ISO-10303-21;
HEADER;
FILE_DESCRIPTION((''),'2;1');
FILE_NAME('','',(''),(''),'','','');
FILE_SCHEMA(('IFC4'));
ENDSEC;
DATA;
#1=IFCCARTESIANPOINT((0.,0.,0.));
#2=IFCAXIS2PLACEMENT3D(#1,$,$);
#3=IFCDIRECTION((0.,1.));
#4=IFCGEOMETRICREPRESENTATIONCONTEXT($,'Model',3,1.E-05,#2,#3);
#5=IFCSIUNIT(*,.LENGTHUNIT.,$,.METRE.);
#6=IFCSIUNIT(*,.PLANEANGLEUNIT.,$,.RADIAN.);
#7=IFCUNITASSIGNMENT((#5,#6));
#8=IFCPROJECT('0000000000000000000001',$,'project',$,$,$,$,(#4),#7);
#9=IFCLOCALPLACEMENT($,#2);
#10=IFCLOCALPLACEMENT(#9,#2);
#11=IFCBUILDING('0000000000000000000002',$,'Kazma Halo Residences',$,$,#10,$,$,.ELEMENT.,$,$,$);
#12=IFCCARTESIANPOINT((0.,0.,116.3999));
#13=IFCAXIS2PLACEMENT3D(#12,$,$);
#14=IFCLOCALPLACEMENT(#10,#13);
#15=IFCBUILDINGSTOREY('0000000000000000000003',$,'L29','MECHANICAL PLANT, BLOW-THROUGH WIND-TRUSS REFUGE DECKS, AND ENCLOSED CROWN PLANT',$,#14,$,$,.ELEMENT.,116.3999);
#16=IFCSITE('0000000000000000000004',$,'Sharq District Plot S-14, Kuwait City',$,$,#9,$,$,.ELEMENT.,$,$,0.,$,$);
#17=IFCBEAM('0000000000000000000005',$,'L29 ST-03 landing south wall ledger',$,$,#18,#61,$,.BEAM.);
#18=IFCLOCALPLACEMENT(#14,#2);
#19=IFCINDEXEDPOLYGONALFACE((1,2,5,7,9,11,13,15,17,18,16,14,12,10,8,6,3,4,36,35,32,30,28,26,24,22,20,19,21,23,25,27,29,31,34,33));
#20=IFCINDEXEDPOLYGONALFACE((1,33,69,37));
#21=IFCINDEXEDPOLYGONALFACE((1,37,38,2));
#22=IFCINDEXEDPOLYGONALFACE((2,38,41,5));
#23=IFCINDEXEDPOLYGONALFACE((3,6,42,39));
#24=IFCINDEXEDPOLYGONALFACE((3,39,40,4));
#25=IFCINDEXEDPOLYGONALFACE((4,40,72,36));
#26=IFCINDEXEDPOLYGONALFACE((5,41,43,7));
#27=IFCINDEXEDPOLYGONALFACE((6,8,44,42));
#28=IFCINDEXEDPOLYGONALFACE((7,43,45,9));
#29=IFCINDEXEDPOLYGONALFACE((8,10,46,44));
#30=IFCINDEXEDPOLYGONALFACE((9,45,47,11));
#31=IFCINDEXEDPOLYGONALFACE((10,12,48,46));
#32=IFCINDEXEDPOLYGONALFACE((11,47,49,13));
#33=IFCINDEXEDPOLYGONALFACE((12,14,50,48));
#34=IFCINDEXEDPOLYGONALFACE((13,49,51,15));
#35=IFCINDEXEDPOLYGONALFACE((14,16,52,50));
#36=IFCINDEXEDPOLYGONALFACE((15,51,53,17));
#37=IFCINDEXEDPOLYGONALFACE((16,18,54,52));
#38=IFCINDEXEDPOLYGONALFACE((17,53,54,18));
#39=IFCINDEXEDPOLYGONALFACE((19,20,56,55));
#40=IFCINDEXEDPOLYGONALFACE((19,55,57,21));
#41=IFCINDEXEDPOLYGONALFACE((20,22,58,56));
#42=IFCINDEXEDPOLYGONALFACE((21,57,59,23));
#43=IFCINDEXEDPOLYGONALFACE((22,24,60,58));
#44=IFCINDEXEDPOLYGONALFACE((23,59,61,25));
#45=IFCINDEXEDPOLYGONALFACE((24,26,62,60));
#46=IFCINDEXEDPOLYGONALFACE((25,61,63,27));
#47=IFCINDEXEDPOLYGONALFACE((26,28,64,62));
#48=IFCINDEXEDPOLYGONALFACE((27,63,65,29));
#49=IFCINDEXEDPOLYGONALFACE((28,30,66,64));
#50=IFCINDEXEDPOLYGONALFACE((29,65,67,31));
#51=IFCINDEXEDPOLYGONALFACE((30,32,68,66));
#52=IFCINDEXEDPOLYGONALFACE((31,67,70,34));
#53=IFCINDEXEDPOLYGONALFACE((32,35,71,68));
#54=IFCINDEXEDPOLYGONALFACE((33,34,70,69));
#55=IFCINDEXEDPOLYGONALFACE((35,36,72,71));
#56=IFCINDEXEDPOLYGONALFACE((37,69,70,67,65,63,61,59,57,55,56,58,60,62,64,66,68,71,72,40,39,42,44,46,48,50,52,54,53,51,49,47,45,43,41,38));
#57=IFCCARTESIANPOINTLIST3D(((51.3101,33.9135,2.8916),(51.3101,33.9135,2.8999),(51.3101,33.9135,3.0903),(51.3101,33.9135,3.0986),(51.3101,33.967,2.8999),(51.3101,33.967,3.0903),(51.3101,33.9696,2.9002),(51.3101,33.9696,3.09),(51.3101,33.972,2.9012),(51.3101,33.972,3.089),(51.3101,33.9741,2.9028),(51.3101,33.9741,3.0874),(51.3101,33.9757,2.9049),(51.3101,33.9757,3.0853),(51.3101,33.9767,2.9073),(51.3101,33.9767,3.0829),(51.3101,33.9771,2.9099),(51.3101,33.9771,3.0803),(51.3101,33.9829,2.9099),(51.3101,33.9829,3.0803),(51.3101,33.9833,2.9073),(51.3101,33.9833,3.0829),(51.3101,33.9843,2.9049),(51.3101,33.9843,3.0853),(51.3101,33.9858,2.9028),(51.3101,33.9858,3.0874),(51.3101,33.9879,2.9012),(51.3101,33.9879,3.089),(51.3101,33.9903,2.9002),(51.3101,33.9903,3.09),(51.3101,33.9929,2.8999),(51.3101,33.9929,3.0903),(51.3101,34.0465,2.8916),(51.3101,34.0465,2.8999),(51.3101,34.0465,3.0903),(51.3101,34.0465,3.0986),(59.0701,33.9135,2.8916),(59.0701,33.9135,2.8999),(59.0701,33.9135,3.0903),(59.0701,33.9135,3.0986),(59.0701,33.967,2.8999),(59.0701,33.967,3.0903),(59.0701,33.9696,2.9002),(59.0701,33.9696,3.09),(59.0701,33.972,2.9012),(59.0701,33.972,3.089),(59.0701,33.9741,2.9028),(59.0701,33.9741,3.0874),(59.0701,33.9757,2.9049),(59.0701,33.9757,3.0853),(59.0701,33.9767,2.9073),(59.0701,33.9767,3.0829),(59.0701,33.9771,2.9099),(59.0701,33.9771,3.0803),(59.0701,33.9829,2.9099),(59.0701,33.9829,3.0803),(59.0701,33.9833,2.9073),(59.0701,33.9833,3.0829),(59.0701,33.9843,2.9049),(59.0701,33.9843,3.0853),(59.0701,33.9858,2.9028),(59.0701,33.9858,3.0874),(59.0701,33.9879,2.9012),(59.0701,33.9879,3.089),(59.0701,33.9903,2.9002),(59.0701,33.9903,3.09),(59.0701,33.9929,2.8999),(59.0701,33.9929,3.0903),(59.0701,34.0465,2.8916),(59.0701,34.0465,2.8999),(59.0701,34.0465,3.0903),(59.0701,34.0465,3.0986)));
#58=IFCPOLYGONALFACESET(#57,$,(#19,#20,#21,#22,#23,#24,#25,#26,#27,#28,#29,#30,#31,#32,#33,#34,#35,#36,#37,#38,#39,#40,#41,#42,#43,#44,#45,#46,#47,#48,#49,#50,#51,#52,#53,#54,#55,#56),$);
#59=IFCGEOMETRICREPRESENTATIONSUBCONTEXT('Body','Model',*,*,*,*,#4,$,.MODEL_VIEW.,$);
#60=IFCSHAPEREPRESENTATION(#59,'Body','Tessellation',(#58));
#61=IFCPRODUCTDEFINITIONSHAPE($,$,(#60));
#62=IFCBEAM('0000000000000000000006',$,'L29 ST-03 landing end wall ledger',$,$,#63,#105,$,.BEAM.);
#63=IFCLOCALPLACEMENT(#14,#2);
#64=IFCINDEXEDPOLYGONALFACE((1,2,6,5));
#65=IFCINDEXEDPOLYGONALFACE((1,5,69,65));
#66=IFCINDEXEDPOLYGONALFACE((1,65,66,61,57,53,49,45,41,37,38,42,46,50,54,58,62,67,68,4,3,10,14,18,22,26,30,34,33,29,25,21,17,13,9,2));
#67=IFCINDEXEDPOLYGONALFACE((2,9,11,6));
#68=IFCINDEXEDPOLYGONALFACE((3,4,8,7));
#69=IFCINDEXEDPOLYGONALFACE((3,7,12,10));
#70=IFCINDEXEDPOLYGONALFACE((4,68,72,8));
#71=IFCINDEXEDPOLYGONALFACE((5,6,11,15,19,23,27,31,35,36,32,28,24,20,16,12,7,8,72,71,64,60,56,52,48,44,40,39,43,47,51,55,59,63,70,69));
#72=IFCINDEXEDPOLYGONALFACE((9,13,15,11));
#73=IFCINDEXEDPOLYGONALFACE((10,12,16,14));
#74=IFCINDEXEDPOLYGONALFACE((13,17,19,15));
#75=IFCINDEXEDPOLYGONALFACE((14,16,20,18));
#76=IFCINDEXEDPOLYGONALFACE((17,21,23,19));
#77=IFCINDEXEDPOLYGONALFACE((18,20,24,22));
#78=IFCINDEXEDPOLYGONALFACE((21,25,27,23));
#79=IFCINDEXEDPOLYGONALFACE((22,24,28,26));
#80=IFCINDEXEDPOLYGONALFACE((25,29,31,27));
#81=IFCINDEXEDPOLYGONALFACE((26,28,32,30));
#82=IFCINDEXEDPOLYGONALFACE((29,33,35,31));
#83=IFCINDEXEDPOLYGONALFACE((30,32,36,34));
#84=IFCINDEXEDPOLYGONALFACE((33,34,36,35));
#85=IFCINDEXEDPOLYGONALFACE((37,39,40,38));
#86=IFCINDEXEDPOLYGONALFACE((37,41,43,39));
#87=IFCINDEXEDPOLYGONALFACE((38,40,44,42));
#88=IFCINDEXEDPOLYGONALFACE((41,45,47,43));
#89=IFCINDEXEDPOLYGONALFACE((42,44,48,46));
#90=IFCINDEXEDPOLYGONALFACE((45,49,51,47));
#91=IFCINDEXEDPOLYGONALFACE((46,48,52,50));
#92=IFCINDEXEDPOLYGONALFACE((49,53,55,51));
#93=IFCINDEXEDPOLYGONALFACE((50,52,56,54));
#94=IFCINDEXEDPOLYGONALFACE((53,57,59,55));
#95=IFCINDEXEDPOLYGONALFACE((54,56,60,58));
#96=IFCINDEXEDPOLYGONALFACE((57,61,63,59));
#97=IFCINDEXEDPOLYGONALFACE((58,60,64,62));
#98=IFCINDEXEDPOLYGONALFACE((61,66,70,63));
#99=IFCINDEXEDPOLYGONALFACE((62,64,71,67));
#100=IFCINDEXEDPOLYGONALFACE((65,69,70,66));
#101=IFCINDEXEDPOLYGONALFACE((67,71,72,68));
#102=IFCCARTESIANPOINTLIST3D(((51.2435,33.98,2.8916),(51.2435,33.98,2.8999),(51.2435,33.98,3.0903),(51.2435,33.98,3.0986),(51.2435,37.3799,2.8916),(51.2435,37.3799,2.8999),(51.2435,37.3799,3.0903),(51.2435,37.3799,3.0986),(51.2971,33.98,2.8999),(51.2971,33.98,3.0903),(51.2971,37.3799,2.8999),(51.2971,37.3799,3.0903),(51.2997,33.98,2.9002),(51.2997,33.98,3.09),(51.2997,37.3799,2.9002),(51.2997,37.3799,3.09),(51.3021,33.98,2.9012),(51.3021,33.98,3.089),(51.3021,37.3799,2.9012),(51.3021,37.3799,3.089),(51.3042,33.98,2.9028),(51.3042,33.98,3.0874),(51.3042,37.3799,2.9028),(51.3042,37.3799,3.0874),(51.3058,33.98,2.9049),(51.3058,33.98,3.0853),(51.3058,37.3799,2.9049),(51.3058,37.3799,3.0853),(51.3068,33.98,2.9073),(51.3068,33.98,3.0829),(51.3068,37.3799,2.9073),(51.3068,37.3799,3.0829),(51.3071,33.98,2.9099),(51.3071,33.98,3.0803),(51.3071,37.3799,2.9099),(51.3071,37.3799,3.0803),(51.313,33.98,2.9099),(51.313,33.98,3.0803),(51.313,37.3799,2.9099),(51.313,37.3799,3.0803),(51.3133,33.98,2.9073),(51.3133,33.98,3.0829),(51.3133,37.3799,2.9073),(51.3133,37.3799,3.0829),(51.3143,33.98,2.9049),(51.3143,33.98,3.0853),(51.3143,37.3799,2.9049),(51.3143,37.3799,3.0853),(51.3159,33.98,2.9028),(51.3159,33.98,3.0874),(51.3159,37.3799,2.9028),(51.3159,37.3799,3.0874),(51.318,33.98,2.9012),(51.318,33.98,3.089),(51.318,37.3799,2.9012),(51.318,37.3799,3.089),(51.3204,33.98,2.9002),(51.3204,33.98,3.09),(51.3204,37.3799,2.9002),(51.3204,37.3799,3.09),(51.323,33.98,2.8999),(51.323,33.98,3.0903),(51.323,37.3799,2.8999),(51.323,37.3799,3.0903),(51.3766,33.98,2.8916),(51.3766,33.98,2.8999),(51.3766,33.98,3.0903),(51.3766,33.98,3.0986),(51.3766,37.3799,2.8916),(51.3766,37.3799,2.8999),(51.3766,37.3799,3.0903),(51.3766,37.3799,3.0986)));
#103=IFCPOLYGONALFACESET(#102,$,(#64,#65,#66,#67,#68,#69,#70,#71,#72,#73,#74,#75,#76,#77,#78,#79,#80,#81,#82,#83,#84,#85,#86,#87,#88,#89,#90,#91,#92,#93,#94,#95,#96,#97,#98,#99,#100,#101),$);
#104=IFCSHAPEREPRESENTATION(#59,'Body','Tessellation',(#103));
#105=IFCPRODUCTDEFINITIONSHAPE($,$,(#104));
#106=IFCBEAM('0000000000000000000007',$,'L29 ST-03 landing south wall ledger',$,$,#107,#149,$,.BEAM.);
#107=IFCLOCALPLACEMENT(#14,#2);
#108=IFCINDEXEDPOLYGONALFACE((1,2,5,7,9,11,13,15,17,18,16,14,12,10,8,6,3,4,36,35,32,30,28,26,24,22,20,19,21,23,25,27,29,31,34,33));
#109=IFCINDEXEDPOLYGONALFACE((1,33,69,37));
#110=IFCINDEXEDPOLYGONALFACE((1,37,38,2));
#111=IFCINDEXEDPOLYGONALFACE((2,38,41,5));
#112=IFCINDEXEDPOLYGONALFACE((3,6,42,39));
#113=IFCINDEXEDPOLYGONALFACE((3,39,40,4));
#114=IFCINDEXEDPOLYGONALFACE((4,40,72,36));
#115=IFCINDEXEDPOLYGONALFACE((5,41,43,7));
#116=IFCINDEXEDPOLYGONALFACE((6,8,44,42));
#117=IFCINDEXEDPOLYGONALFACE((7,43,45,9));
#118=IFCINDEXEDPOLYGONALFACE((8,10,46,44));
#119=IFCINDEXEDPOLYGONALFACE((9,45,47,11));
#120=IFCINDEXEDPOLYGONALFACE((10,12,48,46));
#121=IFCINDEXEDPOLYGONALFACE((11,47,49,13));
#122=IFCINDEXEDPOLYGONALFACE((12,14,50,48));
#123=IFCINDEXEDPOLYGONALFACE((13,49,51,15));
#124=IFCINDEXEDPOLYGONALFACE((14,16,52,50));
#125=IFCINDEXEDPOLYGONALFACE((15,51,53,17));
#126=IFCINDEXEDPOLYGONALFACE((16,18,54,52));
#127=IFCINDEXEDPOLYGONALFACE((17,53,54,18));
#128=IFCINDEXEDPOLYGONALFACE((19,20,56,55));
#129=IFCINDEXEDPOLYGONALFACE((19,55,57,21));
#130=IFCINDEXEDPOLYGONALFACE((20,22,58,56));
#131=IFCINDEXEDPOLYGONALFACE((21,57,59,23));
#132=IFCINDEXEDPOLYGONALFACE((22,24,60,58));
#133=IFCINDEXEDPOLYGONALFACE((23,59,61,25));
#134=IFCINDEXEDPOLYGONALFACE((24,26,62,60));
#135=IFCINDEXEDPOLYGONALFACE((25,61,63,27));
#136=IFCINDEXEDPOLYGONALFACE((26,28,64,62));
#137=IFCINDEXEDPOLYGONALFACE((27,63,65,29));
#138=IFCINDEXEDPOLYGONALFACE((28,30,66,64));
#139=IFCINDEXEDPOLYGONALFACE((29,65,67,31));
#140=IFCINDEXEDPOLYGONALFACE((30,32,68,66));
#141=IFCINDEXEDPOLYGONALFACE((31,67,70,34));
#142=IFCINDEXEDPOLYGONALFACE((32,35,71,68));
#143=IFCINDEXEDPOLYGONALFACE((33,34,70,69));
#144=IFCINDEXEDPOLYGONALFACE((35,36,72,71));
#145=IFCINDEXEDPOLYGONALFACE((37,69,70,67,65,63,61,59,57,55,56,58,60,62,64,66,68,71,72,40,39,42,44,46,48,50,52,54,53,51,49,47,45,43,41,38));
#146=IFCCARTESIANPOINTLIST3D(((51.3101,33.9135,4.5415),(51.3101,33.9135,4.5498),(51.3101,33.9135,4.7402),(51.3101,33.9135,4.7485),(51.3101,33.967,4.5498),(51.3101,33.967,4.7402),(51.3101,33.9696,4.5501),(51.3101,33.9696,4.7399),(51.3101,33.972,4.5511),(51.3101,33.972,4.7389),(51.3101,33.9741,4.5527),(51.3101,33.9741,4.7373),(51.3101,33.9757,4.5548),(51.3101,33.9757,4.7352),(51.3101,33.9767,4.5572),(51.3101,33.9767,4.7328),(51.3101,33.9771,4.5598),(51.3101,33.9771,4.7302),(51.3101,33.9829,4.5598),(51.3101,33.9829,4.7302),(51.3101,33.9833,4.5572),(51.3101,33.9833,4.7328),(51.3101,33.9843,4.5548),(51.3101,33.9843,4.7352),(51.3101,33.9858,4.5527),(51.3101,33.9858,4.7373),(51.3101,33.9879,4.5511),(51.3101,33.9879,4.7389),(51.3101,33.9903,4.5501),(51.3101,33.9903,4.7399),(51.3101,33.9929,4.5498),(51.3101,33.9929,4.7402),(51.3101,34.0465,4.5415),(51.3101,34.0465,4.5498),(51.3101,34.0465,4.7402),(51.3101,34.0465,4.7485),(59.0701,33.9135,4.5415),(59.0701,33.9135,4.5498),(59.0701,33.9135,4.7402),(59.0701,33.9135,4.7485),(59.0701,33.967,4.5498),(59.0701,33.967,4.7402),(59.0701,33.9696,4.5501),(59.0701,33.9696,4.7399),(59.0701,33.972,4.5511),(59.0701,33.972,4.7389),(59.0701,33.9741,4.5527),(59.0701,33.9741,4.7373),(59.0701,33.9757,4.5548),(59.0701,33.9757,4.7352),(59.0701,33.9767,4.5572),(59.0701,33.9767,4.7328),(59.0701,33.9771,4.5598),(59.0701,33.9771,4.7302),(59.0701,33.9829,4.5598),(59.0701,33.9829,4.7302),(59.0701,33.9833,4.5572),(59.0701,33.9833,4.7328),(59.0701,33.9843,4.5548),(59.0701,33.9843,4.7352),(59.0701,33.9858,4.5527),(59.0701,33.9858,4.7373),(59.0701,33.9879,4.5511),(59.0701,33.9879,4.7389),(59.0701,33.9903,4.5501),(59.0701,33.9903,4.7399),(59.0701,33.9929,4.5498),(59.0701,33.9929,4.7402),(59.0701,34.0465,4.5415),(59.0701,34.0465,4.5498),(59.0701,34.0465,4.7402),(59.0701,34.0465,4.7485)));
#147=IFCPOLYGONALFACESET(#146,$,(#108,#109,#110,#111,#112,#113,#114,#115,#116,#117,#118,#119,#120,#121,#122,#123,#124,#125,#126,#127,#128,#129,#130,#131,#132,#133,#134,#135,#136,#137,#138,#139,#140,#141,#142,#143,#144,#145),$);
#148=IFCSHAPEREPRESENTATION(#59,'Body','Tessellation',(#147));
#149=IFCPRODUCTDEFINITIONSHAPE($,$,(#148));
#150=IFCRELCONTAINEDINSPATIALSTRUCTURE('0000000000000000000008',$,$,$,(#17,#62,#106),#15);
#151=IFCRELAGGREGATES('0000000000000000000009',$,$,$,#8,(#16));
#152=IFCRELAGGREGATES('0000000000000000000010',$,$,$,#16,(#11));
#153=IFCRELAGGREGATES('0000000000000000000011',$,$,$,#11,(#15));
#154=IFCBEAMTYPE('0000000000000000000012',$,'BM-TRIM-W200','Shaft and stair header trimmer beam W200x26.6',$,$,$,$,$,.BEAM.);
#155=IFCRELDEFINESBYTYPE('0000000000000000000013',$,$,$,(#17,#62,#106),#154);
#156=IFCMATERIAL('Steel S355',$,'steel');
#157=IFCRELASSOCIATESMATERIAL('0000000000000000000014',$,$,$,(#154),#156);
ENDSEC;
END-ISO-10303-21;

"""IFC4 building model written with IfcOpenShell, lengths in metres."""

from ifc_helpers import new_model, si_unit, direction, frame, origin, origin_2d, place, context, subcontext, project, spatial, i_section, extrude, material, material_profile, profile_set, type_object, element, save


model = new_model("IFC4")

# Units and contexts
model_context = context("Model", 3, precision=1e-05, world=origin(), true_north=direction((0.0, 1.0)))
body_context = subcontext(model_context, "Body", "Model", "MODEL_VIEW")
ifc_project = project(units=[si_unit("LENGTHUNIT", "METRE"), si_unit("PLANEANGLEUNIT", "RADIAN")], contexts=[model_context])

# Site, building, storey
site_placement = place(None, origin())
site = spatial("IfcSite", under=ifc_project, at=site_placement, Name="Sharq District Plot S-14, Kuwait City", CompositionType="ELEMENT", RefElevation=0.0)
building_placement = place(site_placement, origin())
building = spatial("IfcBuilding", under=site, at=building_placement, Name="Kazma Halo Residences", CompositionType="ELEMENT")
storey_placement = place(building_placement, frame((0.0, 0.0, 116.3999)))
storey = spatial("IfcBuildingStorey", under=building, at=storey_placement, Name="L29", Description="MECHANICAL PLANT, BLOW-THROUGH WIND-TRUSS REFUGE DECKS, AND ENCLOSED CROWN PLANT", CompositionType="ELEMENT", Elevation=116.3999)

# Beams
ifc_material_1 = material(Name="Steel S355", Category="steel")
ifc_material_profile_1 = material_profile(ifc_material_1, i_section(OverallWidth=0.1331, OverallDepth=0.207, WebThickness=0.0059, FlangeThickness=0.0083, FilletRadius=0.01, at=origin_2d()), Name="W200x26.6")
ifc_profile_set_1 = profile_set([ifc_material_profile_1], Name="Steel S355")
beam_type_1 = type_object("IfcBeamType", Name="BM-TRIM-W200", Description="Shaft and stair header trimmer beam W200x26.6", PredefinedType="BEAM", material=ifc_profile_set_1)
for number, where, z_axis, x_axis, name in (
    (1, (51.3101, 33.98, 2.9951), (1.0, 0.0, 0.0), (0.0, 1.0, 0.0), "L29 ST-03 landing south wall ledger"),
):
    element("IfcBeam", number, at=place(storey_placement, frame(where, z_axis=z_axis, x_axis=x_axis)), inside=storey, type_object=beam_type_1, Name=name, PredefinedType="BEAM", context=body_context, shape_type="SweptSolid", body=[
        extrude(i_section(OverallWidth=0.1331, OverallDepth=0.207, WebThickness=0.0059, FlangeThickness=0.0083, FilletRadius=0.01, at=origin_2d()), origin(), (0.0, 0.0, 1.0), 7.76),
    ])
beam_1_placement = place(storey_placement, frame((51.3101, 33.98, 2.9951), z_axis=(0.0, 1.0, 0.0), x_axis=(-1.0, 0.0, 0.0)))
element("IfcBeam", 2, at=beam_1_placement, inside=storey, type_object=beam_type_1, Name="L29 ST-03 landing end wall ledger", PredefinedType="BEAM", context=body_context, shape_type="SweptSolid", body=[
    extrude(i_section(OverallWidth=0.1331, OverallDepth=0.207, WebThickness=0.0059, FlangeThickness=0.0083, FilletRadius=0.01, at=origin_2d()), origin(), (0.0, 0.0, 1.0), 3.3999),
])
beam_2_placement = place(storey_placement, frame((51.3101, 33.98, 4.645), z_axis=(1.0, 0.0, 0.0), x_axis=(0.0, 1.0, 0.0)))
element("IfcBeam", 3, at=beam_2_placement, inside=storey, type_object=beam_type_1, Name="L29 ST-03 landing south wall ledger", PredefinedType="BEAM", context=body_context, shape_type="SweptSolid", body=[
    extrude(i_section(OverallWidth=0.1331, OverallDepth=0.207, WebThickness=0.0059, FlangeThickness=0.0083, FilletRadius=0.01, at=origin_2d()), origin(), (0.0, 0.0, 1.0), 7.76),
])

save(model, "model.ifc")
